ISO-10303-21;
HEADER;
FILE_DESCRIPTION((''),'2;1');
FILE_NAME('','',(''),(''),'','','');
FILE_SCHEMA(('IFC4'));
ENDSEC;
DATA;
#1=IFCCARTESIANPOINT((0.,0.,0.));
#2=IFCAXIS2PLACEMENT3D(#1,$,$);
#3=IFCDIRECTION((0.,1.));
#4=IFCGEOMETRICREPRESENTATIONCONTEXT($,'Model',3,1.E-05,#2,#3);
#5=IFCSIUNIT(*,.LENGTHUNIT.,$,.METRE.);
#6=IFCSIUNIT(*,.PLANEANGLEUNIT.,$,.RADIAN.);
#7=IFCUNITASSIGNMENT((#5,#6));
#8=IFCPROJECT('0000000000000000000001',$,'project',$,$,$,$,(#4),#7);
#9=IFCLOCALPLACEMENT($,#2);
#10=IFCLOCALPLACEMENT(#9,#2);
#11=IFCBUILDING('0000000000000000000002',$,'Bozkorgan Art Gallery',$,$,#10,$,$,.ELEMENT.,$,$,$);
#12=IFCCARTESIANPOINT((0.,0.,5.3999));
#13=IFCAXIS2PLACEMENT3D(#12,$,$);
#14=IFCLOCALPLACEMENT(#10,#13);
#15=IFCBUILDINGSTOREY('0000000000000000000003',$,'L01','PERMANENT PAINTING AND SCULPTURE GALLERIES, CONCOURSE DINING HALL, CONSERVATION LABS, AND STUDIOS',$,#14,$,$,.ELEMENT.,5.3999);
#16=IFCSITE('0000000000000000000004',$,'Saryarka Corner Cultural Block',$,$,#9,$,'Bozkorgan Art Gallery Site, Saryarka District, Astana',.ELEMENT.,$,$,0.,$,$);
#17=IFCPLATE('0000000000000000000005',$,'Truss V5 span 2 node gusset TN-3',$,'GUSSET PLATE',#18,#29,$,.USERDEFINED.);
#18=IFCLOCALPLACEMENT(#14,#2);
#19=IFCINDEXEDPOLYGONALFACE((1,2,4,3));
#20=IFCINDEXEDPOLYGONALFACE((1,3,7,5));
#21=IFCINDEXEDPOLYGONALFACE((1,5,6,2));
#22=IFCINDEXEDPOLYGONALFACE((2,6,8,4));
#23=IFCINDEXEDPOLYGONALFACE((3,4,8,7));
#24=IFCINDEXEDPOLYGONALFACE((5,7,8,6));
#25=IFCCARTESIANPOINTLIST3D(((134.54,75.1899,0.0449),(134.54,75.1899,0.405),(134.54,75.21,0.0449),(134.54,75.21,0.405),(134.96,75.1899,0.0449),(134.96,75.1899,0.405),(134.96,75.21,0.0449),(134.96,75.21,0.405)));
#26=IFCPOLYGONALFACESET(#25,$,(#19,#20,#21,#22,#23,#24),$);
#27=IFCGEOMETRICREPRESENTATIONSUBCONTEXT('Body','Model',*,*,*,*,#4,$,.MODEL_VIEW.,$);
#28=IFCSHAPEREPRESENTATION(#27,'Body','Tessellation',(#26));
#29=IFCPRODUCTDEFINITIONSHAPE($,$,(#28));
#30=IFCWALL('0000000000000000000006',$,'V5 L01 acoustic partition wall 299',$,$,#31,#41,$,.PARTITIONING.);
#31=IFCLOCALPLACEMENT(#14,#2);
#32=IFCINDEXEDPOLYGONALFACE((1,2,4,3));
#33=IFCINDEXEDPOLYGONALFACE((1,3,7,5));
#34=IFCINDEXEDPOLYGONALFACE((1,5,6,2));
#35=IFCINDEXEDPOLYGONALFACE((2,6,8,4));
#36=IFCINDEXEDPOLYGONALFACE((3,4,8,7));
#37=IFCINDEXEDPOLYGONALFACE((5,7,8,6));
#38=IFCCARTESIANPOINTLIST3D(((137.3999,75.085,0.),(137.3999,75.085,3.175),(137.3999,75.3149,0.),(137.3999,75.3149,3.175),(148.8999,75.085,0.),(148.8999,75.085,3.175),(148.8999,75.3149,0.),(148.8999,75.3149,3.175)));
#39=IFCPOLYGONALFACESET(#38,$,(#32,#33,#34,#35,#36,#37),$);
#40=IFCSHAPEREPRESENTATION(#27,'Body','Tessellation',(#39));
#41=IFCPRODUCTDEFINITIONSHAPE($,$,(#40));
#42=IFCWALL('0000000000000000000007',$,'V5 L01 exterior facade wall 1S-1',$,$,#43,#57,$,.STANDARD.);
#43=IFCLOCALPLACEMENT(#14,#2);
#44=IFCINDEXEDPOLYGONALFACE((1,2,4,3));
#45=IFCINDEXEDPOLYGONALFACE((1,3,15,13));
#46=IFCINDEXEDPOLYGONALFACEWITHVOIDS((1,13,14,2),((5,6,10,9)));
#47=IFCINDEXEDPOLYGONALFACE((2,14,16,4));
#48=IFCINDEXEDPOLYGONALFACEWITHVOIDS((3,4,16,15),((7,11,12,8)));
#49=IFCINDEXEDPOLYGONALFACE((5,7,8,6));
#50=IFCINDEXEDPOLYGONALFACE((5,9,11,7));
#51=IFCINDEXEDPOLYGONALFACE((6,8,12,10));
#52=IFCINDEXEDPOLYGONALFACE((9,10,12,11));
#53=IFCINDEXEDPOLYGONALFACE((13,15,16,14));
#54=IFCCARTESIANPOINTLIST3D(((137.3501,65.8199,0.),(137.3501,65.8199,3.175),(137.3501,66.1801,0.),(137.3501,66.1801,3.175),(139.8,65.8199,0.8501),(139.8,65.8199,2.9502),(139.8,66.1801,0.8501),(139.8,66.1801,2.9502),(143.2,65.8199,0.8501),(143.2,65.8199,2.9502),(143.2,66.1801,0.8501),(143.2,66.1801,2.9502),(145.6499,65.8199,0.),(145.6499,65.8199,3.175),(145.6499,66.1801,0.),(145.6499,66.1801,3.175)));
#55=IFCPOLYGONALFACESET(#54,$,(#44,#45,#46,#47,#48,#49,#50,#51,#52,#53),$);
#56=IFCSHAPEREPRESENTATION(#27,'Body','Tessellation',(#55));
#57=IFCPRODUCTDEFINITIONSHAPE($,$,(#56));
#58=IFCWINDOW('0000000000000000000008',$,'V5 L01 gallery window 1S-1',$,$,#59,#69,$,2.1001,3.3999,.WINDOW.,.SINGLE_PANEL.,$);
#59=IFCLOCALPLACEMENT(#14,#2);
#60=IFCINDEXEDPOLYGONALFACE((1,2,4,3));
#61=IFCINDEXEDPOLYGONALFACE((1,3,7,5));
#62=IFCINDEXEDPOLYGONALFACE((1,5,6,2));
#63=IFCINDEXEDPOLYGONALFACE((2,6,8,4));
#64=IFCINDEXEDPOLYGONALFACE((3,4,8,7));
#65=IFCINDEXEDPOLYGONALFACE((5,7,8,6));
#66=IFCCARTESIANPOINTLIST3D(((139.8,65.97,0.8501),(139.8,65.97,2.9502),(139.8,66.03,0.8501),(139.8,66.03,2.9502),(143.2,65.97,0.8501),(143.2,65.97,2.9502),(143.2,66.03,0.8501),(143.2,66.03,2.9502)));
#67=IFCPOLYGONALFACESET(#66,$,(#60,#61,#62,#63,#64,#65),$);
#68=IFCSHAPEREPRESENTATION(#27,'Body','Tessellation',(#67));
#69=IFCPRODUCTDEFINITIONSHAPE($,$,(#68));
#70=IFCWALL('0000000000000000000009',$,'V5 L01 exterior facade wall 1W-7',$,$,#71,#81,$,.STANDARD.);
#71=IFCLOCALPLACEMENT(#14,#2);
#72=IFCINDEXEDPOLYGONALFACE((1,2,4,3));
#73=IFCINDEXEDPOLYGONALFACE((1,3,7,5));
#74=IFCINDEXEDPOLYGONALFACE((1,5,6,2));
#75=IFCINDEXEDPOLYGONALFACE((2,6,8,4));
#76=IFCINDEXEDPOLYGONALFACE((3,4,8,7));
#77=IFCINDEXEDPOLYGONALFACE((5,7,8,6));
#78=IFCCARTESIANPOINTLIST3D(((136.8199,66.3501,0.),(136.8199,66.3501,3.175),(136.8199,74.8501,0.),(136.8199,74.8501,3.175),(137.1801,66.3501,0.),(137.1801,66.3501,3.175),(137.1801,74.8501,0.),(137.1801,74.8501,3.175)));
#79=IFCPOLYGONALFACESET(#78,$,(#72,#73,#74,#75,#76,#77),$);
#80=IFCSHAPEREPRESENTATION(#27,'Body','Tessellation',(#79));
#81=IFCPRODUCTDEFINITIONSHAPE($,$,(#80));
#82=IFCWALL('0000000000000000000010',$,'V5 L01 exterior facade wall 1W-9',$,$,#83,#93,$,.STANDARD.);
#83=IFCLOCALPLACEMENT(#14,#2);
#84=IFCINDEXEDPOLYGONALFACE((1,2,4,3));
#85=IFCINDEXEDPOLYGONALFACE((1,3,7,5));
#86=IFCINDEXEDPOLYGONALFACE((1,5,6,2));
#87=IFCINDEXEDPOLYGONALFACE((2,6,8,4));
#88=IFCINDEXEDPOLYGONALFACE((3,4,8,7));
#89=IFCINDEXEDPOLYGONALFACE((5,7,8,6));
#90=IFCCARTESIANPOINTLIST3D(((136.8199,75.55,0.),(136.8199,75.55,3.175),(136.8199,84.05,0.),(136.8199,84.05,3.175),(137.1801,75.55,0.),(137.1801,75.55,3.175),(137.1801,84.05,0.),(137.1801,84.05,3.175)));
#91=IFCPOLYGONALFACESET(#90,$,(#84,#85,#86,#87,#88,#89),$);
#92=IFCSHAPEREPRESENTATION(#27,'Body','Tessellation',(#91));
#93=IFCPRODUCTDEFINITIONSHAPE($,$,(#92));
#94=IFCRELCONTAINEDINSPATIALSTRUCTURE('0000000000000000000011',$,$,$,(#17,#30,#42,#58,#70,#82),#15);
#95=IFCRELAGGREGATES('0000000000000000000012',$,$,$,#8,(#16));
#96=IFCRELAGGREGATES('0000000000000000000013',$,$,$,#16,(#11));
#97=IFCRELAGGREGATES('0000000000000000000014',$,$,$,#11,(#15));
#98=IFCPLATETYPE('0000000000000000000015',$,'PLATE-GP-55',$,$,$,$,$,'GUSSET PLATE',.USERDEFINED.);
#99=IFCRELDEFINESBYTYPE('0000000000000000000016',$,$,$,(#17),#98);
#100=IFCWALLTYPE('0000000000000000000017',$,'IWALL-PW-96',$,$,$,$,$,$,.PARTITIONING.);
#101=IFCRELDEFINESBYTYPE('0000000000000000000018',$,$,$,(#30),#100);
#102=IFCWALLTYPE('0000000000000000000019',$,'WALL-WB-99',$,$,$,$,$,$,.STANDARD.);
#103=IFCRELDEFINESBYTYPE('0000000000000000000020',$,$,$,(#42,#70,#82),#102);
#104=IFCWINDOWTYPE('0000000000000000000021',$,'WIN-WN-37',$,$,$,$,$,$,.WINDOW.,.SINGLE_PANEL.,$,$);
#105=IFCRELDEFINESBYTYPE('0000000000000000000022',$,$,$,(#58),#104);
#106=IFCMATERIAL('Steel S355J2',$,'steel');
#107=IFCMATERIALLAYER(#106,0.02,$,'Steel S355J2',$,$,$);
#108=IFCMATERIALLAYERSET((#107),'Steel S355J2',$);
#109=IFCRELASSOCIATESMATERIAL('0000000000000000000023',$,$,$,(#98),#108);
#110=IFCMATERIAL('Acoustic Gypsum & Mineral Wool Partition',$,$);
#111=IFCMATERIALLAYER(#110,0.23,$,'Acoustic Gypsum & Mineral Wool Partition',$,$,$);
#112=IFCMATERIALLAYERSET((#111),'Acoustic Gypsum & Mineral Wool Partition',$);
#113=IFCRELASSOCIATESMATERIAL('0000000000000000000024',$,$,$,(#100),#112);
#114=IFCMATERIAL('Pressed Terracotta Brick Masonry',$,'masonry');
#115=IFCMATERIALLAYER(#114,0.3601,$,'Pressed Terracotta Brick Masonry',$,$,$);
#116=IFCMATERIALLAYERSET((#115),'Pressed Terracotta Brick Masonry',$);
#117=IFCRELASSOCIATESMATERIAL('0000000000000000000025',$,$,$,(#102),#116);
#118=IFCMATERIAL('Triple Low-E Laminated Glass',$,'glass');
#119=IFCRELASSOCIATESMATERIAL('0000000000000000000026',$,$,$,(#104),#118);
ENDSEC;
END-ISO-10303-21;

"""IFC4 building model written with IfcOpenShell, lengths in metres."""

from ifc_helpers import new_model, si_unit, direction, frame, frame_2d, origin, origin_2d, place, context, subcontext, project, spatial, rectangle, extrude, material, layer, layer_set, type_object, element, fill, save


model = new_model("IFC4")

# Units and contexts
model_context = context("Model", 3, precision=1e-05, world=origin(), true_north=direction((0.0, 1.0)))
body_context = subcontext(model_context, "Body", "Model", "MODEL_VIEW")
ifc_project = project(units=[si_unit("LENGTHUNIT", "METRE"), si_unit("PLANEANGLEUNIT", "RADIAN")], contexts=[model_context])

# Site, building, storey
site_placement = place(None, origin())
site = spatial("IfcSite", under=ifc_project, at=site_placement, Name="Saryarka Corner Cultural Block", LongName="Bozkorgan Art Gallery Site, Saryarka District, Astana", CompositionType="ELEMENT", RefElevation=0.0)
building_placement = place(site_placement, origin())
building = spatial("IfcBuilding", under=site, at=building_placement, Name="Bozkorgan Art Gallery", CompositionType="ELEMENT")
storey_placement = place(building_placement, frame((0.0, 0.0, 5.3999)))
storey = spatial("IfcBuildingStorey", under=building, at=storey_placement, Name="L01", Description="PERMANENT PAINTING AND SCULPTURE GALLERIES, CONCOURSE DINING HALL, CONSERVATION LABS, AND STUDIOS", CompositionType="ELEMENT", Elevation=5.3999)

# Shared definitions
ifc_material_1 = material(Name="Steel S355J2", Category="steel")

# Plate
ifc_layer_1 = layer(ifc_material_1, 0.02, Name="Steel S355J2")
ifc_layer_set_1 = layer_set([ifc_layer_1], Name="Steel S355J2")
plate_type_1 = type_object("IfcPlateType", Name="PLATE-GP-55", ElementType="GUSSET PLATE", PredefinedType="USERDEFINED", material=ifc_layer_set_1)
plate_1_placement = place(storey_placement, frame((134.75, 75.2, 0.0449), z_axis=(0.0, 0.0, 1.0), x_axis=(1.0, 0.0, 0.0)))
element("IfcPlate", 1, at=plate_1_placement, inside=storey, type_object=plate_type_1, Name="Truss V5 span 2 node gusset TN-3", ObjectType="GUSSET PLATE", PredefinedType="USERDEFINED", context=body_context, shape_type="SweptSolid", body=[
    extrude(rectangle(XDim=0.4199, YDim=0.02, at=origin_2d()), origin(), (0.0, 0.0, 1.0), 0.3601),
])

# Wall
ifc_material_2 = material(Name="Acoustic Gypsum & Mineral Wool Partition")
ifc_layer_2 = layer(ifc_material_2, 0.23, Name="Acoustic Gypsum & Mineral Wool Partition")
ifc_layer_set_2 = layer_set([ifc_layer_2], Name="Acoustic Gypsum & Mineral Wool Partition")
wall_type_1 = type_object("IfcWallType", Name="IWALL-PW-96", PredefinedType="PARTITIONING", material=ifc_layer_set_2)
wall_1_placement = place(storey_placement, frame((137.3999, 75.2, 0.0), z_axis=(0.0, 0.0, 1.0), x_axis=(1.0, 0.0, 0.0)))
element("IfcWall", 2, at=wall_1_placement, inside=storey, type_object=wall_type_1, Name="V5 L01 acoustic partition wall 299", PredefinedType="PARTITIONING", context=body_context, shape_type="SweptSolid", body=[
    extrude(rectangle(XDim=11.5, YDim=0.23, at=frame_2d((5.75, 0.0))), origin(), (0.0, 0.0, 1.0), 3.175),
])

# Wall, opening, window
ifc_material_3 = material(Name="Pressed Terracotta Brick Masonry", Category="masonry")
ifc_layer_3 = layer(ifc_material_3, 0.3601, Name="Pressed Terracotta Brick Masonry")
ifc_layer_set_3 = layer_set([ifc_layer_3], Name="Pressed Terracotta Brick Masonry")
wall_type_2 = type_object("IfcWallType", Name="WALL-WB-99", PredefinedType="STANDARD", material=ifc_layer_set_3)
wall_2_placement = place(storey_placement, frame((137.3501, 66.0, 0.0), z_axis=(0.0, 0.0, 1.0), x_axis=(1.0, 0.0, 0.0)))
wall_2 = element("IfcWall", 3, at=wall_2_placement, inside=storey, type_object=wall_type_2, Name="V5 L01 exterior facade wall 1S-1", PredefinedType="STANDARD", context=body_context, shape_type="SweptSolid", body=[
    extrude(rectangle(XDim=8.2998, YDim=0.3601, at=frame_2d((4.1499, 0.0))), origin(), (0.0, 0.0, 1.0), 3.175),
])
opening_placement = place(wall_2_placement, frame((5.8499, 0.0, 0.8501), z_axis=(0.0, 0.0, 1.0), x_axis=(-1.0, 0.0, 0.0)))
opening = element("IfcOpeningElement", 4, at=opening_placement, cuts=wall_2, PredefinedType="OPENING", context=body_context, shape_type="SweptSolid", body=[
    extrude(rectangle(XDim=3.3999, YDim=2.1001, at=frame_2d((1.7, 1.05))), frame((0.0, 0.1899, 0.0), z_axis=(0.0, -1.0, 0.0), x_axis=(1.0, 0.0, 0.0)), (0.0, 0.0, 1.0), 0.3801),
])
ifc_material_4 = material(Name="Triple Low-E Laminated Glass", Category="glass")
window_type = type_object("IfcWindowType", Name="WIN-WN-37", PartitioningType="SINGLE_PANEL", PredefinedType="WINDOW", material=ifc_material_4)
window_placement = place(opening_placement, origin())
window = element("IfcWindow", 5, at=window_placement, inside=storey, type_object=window_type, Name="V5 L01 gallery window 1S-1", OverallHeight=2.1001, OverallWidth=3.3999, PartitioningType="SINGLE_PANEL", PredefinedType="WINDOW", context=body_context, shape_type="SweptSolid", body=[
    extrude(rectangle(XDim=3.3999, YDim=2.1001, at=frame_2d((1.7, 1.05))), frame((0.0, 0.03, 0.0), z_axis=(0.0, -1.0, 0.0), x_axis=(1.0, 0.0, 0.0)), (0.0, 0.0, 1.0), 0.0601),
])
fill(opening, window)

# Walls
for number, where, z_axis, x_axis, name in (
    (6, (137.0, 66.3501, 0.0), (0.0, 0.0, 1.0), (0.0, 1.0, 0.0), "V5 L01 exterior facade wall 1W-7"),
    (7, (137.0, 75.55, 0.0), (0.0, 0.0, 1.0), (0.0, 1.0, 0.0), "V5 L01 exterior facade wall 1W-9"),
):
    element("IfcWall", number, at=place(storey_placement, frame(where, z_axis=z_axis, x_axis=x_axis)), inside=storey, type_object=wall_type_2, Name=name, PredefinedType="STANDARD", context=body_context, shape_type="SweptSolid", body=[
        extrude(rectangle(XDim=8.5, YDim=0.3601, at=frame_2d((4.25, 0.0))), origin(), (0.0, 0.0, 1.0), 3.175),
    ])

save(model, "model.ifc")
